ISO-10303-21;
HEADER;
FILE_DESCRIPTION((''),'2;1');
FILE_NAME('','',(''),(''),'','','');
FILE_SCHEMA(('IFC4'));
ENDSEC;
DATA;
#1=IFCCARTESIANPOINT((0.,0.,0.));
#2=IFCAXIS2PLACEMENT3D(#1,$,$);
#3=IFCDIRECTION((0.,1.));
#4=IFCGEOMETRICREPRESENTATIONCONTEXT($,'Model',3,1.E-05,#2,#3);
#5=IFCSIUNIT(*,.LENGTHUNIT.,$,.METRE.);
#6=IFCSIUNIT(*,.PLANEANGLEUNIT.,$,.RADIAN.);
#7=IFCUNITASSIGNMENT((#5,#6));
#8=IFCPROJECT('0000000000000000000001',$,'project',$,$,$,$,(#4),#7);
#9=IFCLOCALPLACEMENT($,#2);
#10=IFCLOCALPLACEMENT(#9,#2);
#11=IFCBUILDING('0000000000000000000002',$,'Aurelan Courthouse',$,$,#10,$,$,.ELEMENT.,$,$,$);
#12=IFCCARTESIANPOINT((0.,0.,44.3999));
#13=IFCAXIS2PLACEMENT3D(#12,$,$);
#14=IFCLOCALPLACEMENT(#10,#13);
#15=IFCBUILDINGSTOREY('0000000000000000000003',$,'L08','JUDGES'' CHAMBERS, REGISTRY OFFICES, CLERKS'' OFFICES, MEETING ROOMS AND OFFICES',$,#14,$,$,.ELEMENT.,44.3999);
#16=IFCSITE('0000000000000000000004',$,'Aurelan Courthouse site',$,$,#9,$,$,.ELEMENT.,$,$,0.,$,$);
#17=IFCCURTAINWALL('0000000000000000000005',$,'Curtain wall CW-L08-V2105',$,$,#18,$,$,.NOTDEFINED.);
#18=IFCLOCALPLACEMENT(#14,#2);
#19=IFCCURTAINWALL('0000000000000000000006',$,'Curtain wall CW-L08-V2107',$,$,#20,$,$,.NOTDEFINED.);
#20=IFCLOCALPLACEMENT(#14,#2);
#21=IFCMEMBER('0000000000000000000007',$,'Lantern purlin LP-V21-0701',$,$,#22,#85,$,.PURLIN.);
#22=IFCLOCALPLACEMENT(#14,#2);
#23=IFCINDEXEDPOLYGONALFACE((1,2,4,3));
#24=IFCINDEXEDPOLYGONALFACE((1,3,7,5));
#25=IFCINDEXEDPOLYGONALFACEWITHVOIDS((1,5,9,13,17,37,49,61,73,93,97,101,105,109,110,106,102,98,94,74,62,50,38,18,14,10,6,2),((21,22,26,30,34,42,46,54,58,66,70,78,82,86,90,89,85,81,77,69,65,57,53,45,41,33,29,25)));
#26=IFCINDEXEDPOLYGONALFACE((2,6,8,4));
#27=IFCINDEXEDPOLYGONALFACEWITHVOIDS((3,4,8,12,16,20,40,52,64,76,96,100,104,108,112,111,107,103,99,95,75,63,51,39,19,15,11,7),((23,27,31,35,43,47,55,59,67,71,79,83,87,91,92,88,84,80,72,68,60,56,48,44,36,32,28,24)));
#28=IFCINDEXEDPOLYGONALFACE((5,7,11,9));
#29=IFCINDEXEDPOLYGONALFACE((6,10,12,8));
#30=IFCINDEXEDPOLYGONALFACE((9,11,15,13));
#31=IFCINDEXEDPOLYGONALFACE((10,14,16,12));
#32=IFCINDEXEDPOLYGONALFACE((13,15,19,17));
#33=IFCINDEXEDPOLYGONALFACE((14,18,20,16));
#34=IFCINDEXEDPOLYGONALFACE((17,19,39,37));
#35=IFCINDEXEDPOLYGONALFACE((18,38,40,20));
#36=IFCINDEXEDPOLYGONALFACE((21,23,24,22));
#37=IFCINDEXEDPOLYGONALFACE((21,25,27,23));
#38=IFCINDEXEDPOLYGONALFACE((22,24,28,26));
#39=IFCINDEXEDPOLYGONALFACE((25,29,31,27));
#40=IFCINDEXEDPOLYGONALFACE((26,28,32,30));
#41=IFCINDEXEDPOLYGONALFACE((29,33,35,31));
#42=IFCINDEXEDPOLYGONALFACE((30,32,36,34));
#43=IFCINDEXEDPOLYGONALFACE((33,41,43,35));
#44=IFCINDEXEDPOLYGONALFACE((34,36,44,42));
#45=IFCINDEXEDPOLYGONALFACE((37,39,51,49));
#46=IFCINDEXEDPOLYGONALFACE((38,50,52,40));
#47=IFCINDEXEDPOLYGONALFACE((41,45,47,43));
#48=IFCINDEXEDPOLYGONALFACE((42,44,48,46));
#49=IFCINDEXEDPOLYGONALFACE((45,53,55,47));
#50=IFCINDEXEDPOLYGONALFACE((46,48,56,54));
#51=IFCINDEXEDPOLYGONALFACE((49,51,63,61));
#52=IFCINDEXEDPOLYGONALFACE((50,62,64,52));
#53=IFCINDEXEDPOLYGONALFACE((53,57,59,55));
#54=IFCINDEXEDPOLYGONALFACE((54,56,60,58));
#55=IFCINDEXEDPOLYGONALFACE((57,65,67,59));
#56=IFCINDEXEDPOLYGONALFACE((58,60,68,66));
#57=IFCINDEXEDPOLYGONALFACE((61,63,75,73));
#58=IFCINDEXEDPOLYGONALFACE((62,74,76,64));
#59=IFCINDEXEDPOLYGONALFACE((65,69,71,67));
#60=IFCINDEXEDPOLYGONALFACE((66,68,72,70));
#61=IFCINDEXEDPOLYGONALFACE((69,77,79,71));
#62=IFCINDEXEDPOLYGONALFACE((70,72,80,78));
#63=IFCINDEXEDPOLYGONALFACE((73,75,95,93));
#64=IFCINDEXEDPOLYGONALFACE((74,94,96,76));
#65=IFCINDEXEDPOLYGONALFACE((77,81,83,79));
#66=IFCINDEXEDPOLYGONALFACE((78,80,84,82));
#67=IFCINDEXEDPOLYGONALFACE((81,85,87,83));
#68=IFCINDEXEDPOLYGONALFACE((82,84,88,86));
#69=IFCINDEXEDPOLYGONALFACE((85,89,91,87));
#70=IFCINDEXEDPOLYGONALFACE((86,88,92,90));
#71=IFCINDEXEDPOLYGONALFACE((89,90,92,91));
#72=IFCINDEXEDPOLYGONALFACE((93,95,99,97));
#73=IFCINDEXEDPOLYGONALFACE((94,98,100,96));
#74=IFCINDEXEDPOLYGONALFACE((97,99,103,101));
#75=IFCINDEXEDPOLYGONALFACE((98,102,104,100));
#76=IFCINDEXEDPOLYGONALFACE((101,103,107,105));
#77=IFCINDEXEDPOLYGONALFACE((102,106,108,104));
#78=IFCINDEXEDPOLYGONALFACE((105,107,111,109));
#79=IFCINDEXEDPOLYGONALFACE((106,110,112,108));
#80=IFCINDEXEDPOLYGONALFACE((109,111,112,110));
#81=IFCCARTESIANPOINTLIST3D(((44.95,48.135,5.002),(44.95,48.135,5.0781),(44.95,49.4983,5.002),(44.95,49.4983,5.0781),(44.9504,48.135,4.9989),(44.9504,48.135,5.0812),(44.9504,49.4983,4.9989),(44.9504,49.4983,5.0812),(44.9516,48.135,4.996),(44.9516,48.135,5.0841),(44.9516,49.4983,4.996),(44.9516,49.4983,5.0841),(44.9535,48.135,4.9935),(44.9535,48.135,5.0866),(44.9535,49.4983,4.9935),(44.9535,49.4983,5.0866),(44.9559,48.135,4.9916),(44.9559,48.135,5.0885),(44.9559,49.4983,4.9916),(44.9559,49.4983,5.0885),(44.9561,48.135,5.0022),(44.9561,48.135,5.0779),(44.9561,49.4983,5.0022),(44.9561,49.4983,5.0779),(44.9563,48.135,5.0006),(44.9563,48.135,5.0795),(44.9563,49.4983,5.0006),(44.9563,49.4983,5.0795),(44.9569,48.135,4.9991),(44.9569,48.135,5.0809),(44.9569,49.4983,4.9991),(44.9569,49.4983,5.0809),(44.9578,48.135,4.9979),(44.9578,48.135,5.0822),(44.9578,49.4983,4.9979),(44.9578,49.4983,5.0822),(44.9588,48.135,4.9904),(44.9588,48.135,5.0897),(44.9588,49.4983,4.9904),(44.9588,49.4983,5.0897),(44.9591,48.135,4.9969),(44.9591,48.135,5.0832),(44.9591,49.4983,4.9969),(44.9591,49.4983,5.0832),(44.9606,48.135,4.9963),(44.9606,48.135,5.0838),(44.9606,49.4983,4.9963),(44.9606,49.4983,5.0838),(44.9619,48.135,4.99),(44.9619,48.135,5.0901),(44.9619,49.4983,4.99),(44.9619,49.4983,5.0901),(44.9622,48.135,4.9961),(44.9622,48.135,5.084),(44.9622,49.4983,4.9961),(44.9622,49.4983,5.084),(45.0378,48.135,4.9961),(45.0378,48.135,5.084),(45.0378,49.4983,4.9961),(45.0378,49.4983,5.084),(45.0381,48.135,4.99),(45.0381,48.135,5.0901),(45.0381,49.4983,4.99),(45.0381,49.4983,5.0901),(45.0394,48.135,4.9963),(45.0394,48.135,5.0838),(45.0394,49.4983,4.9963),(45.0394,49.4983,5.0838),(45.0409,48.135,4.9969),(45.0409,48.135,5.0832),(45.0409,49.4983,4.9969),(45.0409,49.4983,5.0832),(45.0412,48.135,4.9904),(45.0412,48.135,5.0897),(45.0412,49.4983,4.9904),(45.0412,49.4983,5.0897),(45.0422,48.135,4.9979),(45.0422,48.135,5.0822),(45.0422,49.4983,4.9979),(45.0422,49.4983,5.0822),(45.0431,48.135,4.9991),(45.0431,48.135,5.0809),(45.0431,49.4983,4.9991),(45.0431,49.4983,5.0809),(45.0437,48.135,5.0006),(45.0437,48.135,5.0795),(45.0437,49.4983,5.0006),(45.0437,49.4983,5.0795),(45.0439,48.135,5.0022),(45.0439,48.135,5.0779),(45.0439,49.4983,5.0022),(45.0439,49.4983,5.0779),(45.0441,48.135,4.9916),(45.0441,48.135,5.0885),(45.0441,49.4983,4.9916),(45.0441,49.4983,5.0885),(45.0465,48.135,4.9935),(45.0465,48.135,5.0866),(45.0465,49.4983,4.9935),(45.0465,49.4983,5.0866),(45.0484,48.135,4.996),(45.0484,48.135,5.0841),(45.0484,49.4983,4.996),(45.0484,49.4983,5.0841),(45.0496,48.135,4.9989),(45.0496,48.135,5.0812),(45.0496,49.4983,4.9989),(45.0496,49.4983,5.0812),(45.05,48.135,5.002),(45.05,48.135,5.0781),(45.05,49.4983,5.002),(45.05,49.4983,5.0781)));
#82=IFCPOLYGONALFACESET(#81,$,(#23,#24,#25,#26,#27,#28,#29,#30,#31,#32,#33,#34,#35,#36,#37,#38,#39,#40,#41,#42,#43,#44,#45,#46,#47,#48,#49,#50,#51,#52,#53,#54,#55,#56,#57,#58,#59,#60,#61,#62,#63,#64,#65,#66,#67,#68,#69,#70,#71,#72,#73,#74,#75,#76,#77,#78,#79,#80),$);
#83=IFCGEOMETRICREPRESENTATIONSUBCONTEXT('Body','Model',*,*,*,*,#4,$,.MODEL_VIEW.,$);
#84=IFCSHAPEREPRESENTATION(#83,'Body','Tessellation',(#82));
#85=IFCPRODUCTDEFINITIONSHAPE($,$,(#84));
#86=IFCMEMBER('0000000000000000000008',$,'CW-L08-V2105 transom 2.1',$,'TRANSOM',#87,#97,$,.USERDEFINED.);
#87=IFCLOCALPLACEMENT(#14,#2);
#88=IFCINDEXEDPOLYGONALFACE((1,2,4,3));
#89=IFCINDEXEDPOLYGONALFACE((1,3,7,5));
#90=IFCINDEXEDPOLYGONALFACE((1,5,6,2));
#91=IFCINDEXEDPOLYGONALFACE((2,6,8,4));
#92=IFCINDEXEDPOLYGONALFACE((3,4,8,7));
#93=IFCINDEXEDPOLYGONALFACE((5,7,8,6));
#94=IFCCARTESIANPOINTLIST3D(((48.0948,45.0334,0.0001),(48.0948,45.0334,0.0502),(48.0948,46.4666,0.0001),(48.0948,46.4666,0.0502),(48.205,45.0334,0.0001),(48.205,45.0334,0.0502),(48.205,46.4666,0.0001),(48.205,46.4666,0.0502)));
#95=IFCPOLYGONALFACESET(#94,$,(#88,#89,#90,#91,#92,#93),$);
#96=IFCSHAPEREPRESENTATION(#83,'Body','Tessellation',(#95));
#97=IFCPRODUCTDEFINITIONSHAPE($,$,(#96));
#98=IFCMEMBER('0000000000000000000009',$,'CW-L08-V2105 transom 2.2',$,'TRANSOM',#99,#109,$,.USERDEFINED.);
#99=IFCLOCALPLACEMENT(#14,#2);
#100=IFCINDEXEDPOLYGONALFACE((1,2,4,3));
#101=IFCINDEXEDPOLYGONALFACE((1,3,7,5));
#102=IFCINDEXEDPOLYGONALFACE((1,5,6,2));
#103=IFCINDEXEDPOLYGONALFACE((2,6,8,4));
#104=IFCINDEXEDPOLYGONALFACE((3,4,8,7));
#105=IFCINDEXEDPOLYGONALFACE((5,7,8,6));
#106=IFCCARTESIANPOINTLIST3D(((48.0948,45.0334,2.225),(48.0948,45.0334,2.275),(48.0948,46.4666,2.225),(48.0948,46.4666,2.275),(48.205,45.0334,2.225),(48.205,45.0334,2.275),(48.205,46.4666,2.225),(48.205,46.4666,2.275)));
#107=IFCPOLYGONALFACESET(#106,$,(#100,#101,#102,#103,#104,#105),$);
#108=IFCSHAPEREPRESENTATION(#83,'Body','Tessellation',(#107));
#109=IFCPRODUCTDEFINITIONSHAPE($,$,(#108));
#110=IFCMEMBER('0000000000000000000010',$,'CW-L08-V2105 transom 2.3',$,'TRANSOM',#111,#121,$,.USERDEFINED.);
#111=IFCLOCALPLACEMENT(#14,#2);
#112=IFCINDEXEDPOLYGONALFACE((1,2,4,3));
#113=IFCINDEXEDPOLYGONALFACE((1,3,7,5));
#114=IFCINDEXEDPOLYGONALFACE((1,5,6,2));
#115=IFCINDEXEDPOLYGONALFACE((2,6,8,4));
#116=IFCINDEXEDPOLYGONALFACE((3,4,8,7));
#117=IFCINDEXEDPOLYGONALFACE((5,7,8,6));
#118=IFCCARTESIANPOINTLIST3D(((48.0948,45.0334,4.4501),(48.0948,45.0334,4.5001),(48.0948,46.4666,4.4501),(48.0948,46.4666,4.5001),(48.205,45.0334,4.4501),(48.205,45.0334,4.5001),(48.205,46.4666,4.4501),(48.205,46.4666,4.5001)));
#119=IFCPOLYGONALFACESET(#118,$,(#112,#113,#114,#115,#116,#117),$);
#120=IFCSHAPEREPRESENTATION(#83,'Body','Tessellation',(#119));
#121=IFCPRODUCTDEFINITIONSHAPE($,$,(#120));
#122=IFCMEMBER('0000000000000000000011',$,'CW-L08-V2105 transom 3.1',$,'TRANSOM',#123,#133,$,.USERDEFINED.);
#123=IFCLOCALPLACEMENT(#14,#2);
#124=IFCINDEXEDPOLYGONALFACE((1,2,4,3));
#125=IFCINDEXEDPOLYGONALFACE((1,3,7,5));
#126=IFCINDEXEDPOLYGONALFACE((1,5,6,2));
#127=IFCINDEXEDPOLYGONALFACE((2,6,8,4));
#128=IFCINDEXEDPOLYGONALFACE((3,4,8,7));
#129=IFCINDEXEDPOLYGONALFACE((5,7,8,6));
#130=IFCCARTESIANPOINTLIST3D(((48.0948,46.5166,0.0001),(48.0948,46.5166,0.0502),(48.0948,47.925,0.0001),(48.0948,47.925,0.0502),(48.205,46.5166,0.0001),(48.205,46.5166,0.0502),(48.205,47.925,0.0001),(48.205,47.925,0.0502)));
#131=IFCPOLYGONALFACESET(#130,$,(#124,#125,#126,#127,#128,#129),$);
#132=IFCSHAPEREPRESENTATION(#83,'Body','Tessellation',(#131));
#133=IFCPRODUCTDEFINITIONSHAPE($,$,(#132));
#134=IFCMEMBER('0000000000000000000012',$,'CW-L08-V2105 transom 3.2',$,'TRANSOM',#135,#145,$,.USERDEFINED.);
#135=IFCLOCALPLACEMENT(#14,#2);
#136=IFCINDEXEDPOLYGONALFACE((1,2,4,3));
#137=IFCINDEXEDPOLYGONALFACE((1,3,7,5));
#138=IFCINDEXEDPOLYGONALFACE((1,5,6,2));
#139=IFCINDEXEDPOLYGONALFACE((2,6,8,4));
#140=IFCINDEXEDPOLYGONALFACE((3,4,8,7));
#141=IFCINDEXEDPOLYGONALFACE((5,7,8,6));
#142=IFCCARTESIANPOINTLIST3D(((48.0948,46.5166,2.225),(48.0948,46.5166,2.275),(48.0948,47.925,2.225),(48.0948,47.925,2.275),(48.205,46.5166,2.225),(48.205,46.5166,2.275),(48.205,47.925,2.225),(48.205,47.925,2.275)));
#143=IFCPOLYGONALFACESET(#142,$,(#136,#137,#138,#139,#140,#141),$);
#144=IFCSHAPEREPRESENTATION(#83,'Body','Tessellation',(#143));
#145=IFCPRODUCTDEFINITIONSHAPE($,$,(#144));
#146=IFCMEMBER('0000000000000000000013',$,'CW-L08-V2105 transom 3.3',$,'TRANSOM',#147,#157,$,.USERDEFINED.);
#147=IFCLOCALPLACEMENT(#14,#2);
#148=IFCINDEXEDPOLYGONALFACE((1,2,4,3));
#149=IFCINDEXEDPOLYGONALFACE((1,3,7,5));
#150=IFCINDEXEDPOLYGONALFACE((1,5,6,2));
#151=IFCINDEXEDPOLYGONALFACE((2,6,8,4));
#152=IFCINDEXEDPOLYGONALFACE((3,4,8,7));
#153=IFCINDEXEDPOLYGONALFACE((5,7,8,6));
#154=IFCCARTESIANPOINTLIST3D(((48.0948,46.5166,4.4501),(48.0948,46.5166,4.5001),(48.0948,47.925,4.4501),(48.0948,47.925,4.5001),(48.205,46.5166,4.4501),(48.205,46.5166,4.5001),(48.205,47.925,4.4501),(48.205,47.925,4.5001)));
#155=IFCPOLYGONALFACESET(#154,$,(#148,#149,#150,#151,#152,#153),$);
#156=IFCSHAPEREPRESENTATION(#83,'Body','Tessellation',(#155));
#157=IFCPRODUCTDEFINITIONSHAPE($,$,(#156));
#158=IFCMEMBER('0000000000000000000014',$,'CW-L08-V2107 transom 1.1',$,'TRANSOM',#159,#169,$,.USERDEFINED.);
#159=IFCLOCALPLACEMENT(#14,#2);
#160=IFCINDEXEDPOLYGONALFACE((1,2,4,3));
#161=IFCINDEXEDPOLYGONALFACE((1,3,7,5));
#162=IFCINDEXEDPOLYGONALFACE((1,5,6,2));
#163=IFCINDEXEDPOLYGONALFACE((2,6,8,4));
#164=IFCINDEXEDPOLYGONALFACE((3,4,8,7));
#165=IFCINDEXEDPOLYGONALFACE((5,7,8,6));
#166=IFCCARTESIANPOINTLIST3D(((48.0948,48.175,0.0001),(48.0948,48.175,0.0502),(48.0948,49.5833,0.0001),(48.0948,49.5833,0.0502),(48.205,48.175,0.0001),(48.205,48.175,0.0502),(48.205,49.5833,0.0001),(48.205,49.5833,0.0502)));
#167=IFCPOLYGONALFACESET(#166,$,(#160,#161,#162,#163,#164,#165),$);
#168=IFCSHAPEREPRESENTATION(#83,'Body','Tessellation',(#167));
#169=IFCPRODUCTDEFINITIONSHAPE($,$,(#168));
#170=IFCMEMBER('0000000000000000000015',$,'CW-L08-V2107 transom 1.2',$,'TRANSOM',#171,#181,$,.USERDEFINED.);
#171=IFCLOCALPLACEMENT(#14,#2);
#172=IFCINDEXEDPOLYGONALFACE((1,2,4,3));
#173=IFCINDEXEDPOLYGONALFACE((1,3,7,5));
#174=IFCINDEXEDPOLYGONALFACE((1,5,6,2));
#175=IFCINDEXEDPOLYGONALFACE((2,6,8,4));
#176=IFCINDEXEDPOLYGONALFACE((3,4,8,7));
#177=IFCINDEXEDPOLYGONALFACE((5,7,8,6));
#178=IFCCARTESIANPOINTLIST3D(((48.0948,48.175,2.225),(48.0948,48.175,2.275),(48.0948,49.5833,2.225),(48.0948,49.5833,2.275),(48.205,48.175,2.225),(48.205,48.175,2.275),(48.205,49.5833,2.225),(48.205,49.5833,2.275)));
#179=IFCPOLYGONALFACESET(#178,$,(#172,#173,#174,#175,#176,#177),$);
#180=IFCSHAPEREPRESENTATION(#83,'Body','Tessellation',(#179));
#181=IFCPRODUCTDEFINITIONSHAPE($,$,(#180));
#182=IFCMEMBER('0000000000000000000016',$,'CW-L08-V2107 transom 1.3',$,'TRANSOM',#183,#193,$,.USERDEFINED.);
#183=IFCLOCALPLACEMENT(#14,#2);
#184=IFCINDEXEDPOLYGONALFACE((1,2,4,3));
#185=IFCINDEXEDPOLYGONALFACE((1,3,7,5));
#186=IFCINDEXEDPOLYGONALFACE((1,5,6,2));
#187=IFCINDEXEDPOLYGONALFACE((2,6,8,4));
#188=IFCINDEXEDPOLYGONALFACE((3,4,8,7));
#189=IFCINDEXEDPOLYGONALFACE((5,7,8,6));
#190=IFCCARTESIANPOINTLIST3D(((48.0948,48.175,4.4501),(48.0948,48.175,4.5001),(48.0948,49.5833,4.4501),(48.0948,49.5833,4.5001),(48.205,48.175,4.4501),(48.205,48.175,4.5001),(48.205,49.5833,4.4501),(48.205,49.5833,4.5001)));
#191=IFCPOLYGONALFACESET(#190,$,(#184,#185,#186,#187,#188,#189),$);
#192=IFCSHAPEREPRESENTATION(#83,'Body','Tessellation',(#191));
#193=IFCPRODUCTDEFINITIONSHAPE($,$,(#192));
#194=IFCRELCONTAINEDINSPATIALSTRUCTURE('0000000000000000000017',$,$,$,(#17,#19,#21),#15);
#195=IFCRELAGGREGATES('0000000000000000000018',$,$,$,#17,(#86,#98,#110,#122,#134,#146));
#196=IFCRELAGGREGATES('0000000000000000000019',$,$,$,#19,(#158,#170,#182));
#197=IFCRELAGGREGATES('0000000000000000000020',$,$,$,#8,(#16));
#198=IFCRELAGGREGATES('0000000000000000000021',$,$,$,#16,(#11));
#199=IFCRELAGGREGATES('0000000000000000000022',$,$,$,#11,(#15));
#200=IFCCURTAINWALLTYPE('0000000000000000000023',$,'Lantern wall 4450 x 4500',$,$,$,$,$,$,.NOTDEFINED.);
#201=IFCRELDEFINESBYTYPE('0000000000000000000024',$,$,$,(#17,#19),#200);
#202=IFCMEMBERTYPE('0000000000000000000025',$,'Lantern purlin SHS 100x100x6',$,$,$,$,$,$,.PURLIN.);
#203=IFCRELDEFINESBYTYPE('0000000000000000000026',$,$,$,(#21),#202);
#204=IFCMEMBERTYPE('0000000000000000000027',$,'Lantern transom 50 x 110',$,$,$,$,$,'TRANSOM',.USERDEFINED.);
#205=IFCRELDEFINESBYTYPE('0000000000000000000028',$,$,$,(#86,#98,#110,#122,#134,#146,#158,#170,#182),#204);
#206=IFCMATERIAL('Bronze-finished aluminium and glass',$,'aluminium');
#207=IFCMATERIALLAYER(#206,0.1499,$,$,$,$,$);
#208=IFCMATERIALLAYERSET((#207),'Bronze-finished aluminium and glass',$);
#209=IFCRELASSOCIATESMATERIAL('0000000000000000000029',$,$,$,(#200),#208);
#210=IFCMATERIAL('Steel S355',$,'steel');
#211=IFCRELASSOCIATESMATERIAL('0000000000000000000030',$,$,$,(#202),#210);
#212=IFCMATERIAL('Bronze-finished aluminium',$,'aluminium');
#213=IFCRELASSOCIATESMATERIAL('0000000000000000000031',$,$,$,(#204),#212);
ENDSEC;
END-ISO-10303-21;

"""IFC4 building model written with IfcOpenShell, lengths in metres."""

from ifc_helpers import new_model, si_unit, direction, frame, origin, origin_2d, place, context, subcontext, project, spatial, rectangle, hollow_rectangle, extrude, material, layer, layer_set, material_profile, profile_set, type_object, element, aggregate, save


model = new_model("IFC4")

# Units and contexts
model_context = context("Model", 3, precision=1e-05, world=origin(), true_north=direction((0.0, 1.0)))
body_context = subcontext(model_context, "Body", "Model", "MODEL_VIEW")
ifc_project = project(units=[si_unit("LENGTHUNIT", "METRE"), si_unit("PLANEANGLEUNIT", "RADIAN")], contexts=[model_context])

# Site, building, storey
site_placement = place(None, origin())
site = spatial("IfcSite", under=ifc_project, at=site_placement, Name="Aurelan Courthouse site", CompositionType="ELEMENT", RefElevation=0.0)
building_placement = place(site_placement, origin())
building = spatial("IfcBuilding", under=site, at=building_placement, Name="Aurelan Courthouse", CompositionType="ELEMENT")
storey_placement = place(building_placement, frame((0.0, 0.0, 44.3999)))
storey = spatial("IfcBuildingStorey", under=building, at=storey_placement, Name="L08", Description="JUDGES' CHAMBERS, REGISTRY OFFICES, CLERKS' OFFICES, MEETING ROOMS AND OFFICES", CompositionType="ELEMENT", Elevation=44.3999)

# Shared definitions
ifc_material_1 = material(Name="Steel S355", Category="steel")

# Curtain wall
ifc_material_2 = material(Name="Bronze-finished aluminium and glass", Category="aluminium")
ifc_layer_1 = layer(ifc_material_2, 0.1499)
ifc_layer_set_1 = layer_set([ifc_layer_1], Name="Bronze-finished aluminium and glass")
curtain_wall_type = type_object("IfcCurtainWallType", Name="Lantern wall 4450 x 4500", PredefinedType="NOTDEFINED", material=ifc_layer_set_1)
curtain_wall_1_placement = place(storey_placement, origin())
curtain_wall_1 = element("IfcCurtainWall", 1, at=curtain_wall_1_placement, inside=storey, type_object=curtain_wall_type, Name="Curtain wall CW-L08-V2105", PredefinedType="NOTDEFINED")
ifc_material_3 = material(Name="Bronze-finished aluminium", Category="aluminium")

# Curtain wall
curtain_wall_2_placement = place(storey_placement, origin())
curtain_wall_2 = element("IfcCurtainWall", 2, at=curtain_wall_2_placement, inside=storey, type_object=curtain_wall_type, Name="Curtain wall CW-L08-V2107", PredefinedType="NOTDEFINED")

# Member
ifc_material_profile_1 = material_profile(ifc_material_1, hollow_rectangle(XDim=0.1001, YDim=0.1001, WallThickness=0.0061, InnerFilletRadius=0.0061, OuterFilletRadius=0.012, at=origin_2d()), Name="SHS 100x100x6")
ifc_profile_set_1 = profile_set([ifc_material_profile_1], Name="Steel S355")
member_type_1 = type_object("IfcMemberType", Name="Lantern purlin SHS 100x100x6", PredefinedType="PURLIN", material=ifc_profile_set_1)
for number, where, z_axis, x_axis, name in (
    (3, (45.0, 48.135, 5.04), (0.0, 1.0, 0.0), (-1.0, 0.0, 0.0), "Lantern purlin LP-V21-0701"),
):
    element("IfcMember", number, at=place(storey_placement, frame(where, z_axis=z_axis, x_axis=x_axis)), inside=storey, type_object=member_type_1, Name=name, PredefinedType="PURLIN", context=body_context, shape_type="SweptSolid", body=[
        extrude(hollow_rectangle(XDim=0.1001, YDim=0.1001, WallThickness=0.0061, InnerFilletRadius=0.0061, OuterFilletRadius=0.012, at=origin_2d()), origin(), (0.0, 0.0, 1.0), 1.3633),
    ])

# Members
ifc_material_profile_2 = material_profile(ifc_material_3, rectangle(XDim=0.1101, YDim=0.05, at=origin_2d()), Name="Lantern transom 50 x 110")
ifc_profile_set_2 = profile_set([ifc_material_profile_2], Name="Bronze-finished aluminium")
member_type_2 = type_object("IfcMemberType", Name="Lantern transom 50 x 110", ElementType="TRANSOM", PredefinedType="USERDEFINED", material=ifc_profile_set_2)
member_1_placement = place(storey_placement, frame((48.1499, 45.0334, 0.0251), z_axis=(0.0, 1.0, 0.0), x_axis=(-1.0, 0.0, 0.0)))
member_1 = element("IfcMember", 4, at=member_1_placement, type_object=member_type_2, Name="CW-L08-V2105 transom 2.1", ObjectType="TRANSOM", PredefinedType="USERDEFINED", context=body_context, shape_type="SweptSolid", body=[
    extrude(rectangle(XDim=0.1101, YDim=0.05, at=origin_2d()), origin(), (0.0, 0.0, 1.0), 1.4331),
])
member_2_placement = place(storey_placement, frame((48.1499, 45.0334, 2.25), z_axis=(0.0, 1.0, 0.0), x_axis=(-1.0, 0.0, 0.0)))
member_2 = element("IfcMember", 5, at=member_2_placement, type_object=member_type_2, Name="CW-L08-V2105 transom 2.2", ObjectType="TRANSOM", PredefinedType="USERDEFINED", context=body_context, shape_type="SweptSolid", body=[
    extrude(rectangle(XDim=0.1101, YDim=0.05, at=origin_2d()), origin(), (0.0, 0.0, 1.0), 1.4331),
])
member_3_placement = place(storey_placement, frame((48.1499, 45.0334, 4.4751), z_axis=(0.0, 1.0, 0.0), x_axis=(-1.0, 0.0, 0.0)))
member_3 = element("IfcMember", 6, at=member_3_placement, type_object=member_type_2, Name="CW-L08-V2105 transom 2.3", ObjectType="TRANSOM", PredefinedType="USERDEFINED", context=body_context, shape_type="SweptSolid", body=[
    extrude(rectangle(XDim=0.1101, YDim=0.05, at=origin_2d()), origin(), (0.0, 0.0, 1.0), 1.4331),
])
member_4_placement = place(storey_placement, frame((48.1499, 46.5166, 0.0251), z_axis=(0.0, 1.0, 0.0), x_axis=(-1.0, 0.0, 0.0)))
member_4 = element("IfcMember", 7, at=member_4_placement, type_object=member_type_2, Name="CW-L08-V2105 transom 3.1", ObjectType="TRANSOM", PredefinedType="USERDEFINED", context=body_context, shape_type="SweptSolid", body=[
    extrude(rectangle(XDim=0.1101, YDim=0.05, at=origin_2d()), origin(), (0.0, 0.0, 1.0), 1.4084),
])
member_5_placement = place(storey_placement, frame((48.1499, 46.5166, 2.25), z_axis=(0.0, 1.0, 0.0), x_axis=(-1.0, 0.0, 0.0)))
member_5 = element("IfcMember", 8, at=member_5_placement, type_object=member_type_2, Name="CW-L08-V2105 transom 3.2", ObjectType="TRANSOM", PredefinedType="USERDEFINED", context=body_context, shape_type="SweptSolid", body=[
    extrude(rectangle(XDim=0.1101, YDim=0.05, at=origin_2d()), origin(), (0.0, 0.0, 1.0), 1.4084),
])
member_6_placement = place(storey_placement, frame((48.1499, 46.5166, 4.4751), z_axis=(0.0, 1.0, 0.0), x_axis=(-1.0, 0.0, 0.0)))
member_6 = element("IfcMember", 9, at=member_6_placement, type_object=member_type_2, Name="CW-L08-V2105 transom 3.3", ObjectType="TRANSOM", PredefinedType="USERDEFINED", context=body_context, shape_type="SweptSolid", body=[
    extrude(rectangle(XDim=0.1101, YDim=0.05, at=origin_2d()), origin(), (0.0, 0.0, 1.0), 1.4084),
])
member_7_placement = place(storey_placement, frame((48.1499, 48.175, 0.0251), z_axis=(0.0, 1.0, 0.0), x_axis=(-1.0, 0.0, 0.0)))
member_7 = element("IfcMember", 10, at=member_7_placement, type_object=member_type_2, Name="CW-L08-V2107 transom 1.1", ObjectType="TRANSOM", PredefinedType="USERDEFINED", context=body_context, shape_type="SweptSolid", body=[
    extrude(rectangle(XDim=0.1101, YDim=0.05, at=origin_2d()), origin(), (0.0, 0.0, 1.0), 1.4082),
])
member_8_placement = place(storey_placement, frame((48.1499, 48.175, 2.25), z_axis=(0.0, 1.0, 0.0), x_axis=(-1.0, 0.0, 0.0)))
member_8 = element("IfcMember", 11, at=member_8_placement, type_object=member_type_2, Name="CW-L08-V2107 transom 1.2", ObjectType="TRANSOM", PredefinedType="USERDEFINED", context=body_context, shape_type="SweptSolid", body=[
    extrude(rectangle(XDim=0.1101, YDim=0.05, at=origin_2d()), origin(), (0.0, 0.0, 1.0), 1.4082),
])
member_9_placement = place(storey_placement, frame((48.1499, 48.175, 4.4751), z_axis=(0.0, 1.0, 0.0), x_axis=(-1.0, 0.0, 0.0)))
member_9 = element("IfcMember", 12, at=member_9_placement, type_object=member_type_2, Name="CW-L08-V2107 transom 1.3", ObjectType="TRANSOM", PredefinedType="USERDEFINED", context=body_context, shape_type="SweptSolid", body=[
    extrude(rectangle(XDim=0.1101, YDim=0.05, at=origin_2d()), origin(), (0.0, 0.0, 1.0), 1.4082),
])

aggregate(curtain_wall_1, [member_1, member_2, member_3, member_4, member_5, member_6])
aggregate(curtain_wall_2, [member_7, member_8, member_9])

save(model, "model.ifc")
